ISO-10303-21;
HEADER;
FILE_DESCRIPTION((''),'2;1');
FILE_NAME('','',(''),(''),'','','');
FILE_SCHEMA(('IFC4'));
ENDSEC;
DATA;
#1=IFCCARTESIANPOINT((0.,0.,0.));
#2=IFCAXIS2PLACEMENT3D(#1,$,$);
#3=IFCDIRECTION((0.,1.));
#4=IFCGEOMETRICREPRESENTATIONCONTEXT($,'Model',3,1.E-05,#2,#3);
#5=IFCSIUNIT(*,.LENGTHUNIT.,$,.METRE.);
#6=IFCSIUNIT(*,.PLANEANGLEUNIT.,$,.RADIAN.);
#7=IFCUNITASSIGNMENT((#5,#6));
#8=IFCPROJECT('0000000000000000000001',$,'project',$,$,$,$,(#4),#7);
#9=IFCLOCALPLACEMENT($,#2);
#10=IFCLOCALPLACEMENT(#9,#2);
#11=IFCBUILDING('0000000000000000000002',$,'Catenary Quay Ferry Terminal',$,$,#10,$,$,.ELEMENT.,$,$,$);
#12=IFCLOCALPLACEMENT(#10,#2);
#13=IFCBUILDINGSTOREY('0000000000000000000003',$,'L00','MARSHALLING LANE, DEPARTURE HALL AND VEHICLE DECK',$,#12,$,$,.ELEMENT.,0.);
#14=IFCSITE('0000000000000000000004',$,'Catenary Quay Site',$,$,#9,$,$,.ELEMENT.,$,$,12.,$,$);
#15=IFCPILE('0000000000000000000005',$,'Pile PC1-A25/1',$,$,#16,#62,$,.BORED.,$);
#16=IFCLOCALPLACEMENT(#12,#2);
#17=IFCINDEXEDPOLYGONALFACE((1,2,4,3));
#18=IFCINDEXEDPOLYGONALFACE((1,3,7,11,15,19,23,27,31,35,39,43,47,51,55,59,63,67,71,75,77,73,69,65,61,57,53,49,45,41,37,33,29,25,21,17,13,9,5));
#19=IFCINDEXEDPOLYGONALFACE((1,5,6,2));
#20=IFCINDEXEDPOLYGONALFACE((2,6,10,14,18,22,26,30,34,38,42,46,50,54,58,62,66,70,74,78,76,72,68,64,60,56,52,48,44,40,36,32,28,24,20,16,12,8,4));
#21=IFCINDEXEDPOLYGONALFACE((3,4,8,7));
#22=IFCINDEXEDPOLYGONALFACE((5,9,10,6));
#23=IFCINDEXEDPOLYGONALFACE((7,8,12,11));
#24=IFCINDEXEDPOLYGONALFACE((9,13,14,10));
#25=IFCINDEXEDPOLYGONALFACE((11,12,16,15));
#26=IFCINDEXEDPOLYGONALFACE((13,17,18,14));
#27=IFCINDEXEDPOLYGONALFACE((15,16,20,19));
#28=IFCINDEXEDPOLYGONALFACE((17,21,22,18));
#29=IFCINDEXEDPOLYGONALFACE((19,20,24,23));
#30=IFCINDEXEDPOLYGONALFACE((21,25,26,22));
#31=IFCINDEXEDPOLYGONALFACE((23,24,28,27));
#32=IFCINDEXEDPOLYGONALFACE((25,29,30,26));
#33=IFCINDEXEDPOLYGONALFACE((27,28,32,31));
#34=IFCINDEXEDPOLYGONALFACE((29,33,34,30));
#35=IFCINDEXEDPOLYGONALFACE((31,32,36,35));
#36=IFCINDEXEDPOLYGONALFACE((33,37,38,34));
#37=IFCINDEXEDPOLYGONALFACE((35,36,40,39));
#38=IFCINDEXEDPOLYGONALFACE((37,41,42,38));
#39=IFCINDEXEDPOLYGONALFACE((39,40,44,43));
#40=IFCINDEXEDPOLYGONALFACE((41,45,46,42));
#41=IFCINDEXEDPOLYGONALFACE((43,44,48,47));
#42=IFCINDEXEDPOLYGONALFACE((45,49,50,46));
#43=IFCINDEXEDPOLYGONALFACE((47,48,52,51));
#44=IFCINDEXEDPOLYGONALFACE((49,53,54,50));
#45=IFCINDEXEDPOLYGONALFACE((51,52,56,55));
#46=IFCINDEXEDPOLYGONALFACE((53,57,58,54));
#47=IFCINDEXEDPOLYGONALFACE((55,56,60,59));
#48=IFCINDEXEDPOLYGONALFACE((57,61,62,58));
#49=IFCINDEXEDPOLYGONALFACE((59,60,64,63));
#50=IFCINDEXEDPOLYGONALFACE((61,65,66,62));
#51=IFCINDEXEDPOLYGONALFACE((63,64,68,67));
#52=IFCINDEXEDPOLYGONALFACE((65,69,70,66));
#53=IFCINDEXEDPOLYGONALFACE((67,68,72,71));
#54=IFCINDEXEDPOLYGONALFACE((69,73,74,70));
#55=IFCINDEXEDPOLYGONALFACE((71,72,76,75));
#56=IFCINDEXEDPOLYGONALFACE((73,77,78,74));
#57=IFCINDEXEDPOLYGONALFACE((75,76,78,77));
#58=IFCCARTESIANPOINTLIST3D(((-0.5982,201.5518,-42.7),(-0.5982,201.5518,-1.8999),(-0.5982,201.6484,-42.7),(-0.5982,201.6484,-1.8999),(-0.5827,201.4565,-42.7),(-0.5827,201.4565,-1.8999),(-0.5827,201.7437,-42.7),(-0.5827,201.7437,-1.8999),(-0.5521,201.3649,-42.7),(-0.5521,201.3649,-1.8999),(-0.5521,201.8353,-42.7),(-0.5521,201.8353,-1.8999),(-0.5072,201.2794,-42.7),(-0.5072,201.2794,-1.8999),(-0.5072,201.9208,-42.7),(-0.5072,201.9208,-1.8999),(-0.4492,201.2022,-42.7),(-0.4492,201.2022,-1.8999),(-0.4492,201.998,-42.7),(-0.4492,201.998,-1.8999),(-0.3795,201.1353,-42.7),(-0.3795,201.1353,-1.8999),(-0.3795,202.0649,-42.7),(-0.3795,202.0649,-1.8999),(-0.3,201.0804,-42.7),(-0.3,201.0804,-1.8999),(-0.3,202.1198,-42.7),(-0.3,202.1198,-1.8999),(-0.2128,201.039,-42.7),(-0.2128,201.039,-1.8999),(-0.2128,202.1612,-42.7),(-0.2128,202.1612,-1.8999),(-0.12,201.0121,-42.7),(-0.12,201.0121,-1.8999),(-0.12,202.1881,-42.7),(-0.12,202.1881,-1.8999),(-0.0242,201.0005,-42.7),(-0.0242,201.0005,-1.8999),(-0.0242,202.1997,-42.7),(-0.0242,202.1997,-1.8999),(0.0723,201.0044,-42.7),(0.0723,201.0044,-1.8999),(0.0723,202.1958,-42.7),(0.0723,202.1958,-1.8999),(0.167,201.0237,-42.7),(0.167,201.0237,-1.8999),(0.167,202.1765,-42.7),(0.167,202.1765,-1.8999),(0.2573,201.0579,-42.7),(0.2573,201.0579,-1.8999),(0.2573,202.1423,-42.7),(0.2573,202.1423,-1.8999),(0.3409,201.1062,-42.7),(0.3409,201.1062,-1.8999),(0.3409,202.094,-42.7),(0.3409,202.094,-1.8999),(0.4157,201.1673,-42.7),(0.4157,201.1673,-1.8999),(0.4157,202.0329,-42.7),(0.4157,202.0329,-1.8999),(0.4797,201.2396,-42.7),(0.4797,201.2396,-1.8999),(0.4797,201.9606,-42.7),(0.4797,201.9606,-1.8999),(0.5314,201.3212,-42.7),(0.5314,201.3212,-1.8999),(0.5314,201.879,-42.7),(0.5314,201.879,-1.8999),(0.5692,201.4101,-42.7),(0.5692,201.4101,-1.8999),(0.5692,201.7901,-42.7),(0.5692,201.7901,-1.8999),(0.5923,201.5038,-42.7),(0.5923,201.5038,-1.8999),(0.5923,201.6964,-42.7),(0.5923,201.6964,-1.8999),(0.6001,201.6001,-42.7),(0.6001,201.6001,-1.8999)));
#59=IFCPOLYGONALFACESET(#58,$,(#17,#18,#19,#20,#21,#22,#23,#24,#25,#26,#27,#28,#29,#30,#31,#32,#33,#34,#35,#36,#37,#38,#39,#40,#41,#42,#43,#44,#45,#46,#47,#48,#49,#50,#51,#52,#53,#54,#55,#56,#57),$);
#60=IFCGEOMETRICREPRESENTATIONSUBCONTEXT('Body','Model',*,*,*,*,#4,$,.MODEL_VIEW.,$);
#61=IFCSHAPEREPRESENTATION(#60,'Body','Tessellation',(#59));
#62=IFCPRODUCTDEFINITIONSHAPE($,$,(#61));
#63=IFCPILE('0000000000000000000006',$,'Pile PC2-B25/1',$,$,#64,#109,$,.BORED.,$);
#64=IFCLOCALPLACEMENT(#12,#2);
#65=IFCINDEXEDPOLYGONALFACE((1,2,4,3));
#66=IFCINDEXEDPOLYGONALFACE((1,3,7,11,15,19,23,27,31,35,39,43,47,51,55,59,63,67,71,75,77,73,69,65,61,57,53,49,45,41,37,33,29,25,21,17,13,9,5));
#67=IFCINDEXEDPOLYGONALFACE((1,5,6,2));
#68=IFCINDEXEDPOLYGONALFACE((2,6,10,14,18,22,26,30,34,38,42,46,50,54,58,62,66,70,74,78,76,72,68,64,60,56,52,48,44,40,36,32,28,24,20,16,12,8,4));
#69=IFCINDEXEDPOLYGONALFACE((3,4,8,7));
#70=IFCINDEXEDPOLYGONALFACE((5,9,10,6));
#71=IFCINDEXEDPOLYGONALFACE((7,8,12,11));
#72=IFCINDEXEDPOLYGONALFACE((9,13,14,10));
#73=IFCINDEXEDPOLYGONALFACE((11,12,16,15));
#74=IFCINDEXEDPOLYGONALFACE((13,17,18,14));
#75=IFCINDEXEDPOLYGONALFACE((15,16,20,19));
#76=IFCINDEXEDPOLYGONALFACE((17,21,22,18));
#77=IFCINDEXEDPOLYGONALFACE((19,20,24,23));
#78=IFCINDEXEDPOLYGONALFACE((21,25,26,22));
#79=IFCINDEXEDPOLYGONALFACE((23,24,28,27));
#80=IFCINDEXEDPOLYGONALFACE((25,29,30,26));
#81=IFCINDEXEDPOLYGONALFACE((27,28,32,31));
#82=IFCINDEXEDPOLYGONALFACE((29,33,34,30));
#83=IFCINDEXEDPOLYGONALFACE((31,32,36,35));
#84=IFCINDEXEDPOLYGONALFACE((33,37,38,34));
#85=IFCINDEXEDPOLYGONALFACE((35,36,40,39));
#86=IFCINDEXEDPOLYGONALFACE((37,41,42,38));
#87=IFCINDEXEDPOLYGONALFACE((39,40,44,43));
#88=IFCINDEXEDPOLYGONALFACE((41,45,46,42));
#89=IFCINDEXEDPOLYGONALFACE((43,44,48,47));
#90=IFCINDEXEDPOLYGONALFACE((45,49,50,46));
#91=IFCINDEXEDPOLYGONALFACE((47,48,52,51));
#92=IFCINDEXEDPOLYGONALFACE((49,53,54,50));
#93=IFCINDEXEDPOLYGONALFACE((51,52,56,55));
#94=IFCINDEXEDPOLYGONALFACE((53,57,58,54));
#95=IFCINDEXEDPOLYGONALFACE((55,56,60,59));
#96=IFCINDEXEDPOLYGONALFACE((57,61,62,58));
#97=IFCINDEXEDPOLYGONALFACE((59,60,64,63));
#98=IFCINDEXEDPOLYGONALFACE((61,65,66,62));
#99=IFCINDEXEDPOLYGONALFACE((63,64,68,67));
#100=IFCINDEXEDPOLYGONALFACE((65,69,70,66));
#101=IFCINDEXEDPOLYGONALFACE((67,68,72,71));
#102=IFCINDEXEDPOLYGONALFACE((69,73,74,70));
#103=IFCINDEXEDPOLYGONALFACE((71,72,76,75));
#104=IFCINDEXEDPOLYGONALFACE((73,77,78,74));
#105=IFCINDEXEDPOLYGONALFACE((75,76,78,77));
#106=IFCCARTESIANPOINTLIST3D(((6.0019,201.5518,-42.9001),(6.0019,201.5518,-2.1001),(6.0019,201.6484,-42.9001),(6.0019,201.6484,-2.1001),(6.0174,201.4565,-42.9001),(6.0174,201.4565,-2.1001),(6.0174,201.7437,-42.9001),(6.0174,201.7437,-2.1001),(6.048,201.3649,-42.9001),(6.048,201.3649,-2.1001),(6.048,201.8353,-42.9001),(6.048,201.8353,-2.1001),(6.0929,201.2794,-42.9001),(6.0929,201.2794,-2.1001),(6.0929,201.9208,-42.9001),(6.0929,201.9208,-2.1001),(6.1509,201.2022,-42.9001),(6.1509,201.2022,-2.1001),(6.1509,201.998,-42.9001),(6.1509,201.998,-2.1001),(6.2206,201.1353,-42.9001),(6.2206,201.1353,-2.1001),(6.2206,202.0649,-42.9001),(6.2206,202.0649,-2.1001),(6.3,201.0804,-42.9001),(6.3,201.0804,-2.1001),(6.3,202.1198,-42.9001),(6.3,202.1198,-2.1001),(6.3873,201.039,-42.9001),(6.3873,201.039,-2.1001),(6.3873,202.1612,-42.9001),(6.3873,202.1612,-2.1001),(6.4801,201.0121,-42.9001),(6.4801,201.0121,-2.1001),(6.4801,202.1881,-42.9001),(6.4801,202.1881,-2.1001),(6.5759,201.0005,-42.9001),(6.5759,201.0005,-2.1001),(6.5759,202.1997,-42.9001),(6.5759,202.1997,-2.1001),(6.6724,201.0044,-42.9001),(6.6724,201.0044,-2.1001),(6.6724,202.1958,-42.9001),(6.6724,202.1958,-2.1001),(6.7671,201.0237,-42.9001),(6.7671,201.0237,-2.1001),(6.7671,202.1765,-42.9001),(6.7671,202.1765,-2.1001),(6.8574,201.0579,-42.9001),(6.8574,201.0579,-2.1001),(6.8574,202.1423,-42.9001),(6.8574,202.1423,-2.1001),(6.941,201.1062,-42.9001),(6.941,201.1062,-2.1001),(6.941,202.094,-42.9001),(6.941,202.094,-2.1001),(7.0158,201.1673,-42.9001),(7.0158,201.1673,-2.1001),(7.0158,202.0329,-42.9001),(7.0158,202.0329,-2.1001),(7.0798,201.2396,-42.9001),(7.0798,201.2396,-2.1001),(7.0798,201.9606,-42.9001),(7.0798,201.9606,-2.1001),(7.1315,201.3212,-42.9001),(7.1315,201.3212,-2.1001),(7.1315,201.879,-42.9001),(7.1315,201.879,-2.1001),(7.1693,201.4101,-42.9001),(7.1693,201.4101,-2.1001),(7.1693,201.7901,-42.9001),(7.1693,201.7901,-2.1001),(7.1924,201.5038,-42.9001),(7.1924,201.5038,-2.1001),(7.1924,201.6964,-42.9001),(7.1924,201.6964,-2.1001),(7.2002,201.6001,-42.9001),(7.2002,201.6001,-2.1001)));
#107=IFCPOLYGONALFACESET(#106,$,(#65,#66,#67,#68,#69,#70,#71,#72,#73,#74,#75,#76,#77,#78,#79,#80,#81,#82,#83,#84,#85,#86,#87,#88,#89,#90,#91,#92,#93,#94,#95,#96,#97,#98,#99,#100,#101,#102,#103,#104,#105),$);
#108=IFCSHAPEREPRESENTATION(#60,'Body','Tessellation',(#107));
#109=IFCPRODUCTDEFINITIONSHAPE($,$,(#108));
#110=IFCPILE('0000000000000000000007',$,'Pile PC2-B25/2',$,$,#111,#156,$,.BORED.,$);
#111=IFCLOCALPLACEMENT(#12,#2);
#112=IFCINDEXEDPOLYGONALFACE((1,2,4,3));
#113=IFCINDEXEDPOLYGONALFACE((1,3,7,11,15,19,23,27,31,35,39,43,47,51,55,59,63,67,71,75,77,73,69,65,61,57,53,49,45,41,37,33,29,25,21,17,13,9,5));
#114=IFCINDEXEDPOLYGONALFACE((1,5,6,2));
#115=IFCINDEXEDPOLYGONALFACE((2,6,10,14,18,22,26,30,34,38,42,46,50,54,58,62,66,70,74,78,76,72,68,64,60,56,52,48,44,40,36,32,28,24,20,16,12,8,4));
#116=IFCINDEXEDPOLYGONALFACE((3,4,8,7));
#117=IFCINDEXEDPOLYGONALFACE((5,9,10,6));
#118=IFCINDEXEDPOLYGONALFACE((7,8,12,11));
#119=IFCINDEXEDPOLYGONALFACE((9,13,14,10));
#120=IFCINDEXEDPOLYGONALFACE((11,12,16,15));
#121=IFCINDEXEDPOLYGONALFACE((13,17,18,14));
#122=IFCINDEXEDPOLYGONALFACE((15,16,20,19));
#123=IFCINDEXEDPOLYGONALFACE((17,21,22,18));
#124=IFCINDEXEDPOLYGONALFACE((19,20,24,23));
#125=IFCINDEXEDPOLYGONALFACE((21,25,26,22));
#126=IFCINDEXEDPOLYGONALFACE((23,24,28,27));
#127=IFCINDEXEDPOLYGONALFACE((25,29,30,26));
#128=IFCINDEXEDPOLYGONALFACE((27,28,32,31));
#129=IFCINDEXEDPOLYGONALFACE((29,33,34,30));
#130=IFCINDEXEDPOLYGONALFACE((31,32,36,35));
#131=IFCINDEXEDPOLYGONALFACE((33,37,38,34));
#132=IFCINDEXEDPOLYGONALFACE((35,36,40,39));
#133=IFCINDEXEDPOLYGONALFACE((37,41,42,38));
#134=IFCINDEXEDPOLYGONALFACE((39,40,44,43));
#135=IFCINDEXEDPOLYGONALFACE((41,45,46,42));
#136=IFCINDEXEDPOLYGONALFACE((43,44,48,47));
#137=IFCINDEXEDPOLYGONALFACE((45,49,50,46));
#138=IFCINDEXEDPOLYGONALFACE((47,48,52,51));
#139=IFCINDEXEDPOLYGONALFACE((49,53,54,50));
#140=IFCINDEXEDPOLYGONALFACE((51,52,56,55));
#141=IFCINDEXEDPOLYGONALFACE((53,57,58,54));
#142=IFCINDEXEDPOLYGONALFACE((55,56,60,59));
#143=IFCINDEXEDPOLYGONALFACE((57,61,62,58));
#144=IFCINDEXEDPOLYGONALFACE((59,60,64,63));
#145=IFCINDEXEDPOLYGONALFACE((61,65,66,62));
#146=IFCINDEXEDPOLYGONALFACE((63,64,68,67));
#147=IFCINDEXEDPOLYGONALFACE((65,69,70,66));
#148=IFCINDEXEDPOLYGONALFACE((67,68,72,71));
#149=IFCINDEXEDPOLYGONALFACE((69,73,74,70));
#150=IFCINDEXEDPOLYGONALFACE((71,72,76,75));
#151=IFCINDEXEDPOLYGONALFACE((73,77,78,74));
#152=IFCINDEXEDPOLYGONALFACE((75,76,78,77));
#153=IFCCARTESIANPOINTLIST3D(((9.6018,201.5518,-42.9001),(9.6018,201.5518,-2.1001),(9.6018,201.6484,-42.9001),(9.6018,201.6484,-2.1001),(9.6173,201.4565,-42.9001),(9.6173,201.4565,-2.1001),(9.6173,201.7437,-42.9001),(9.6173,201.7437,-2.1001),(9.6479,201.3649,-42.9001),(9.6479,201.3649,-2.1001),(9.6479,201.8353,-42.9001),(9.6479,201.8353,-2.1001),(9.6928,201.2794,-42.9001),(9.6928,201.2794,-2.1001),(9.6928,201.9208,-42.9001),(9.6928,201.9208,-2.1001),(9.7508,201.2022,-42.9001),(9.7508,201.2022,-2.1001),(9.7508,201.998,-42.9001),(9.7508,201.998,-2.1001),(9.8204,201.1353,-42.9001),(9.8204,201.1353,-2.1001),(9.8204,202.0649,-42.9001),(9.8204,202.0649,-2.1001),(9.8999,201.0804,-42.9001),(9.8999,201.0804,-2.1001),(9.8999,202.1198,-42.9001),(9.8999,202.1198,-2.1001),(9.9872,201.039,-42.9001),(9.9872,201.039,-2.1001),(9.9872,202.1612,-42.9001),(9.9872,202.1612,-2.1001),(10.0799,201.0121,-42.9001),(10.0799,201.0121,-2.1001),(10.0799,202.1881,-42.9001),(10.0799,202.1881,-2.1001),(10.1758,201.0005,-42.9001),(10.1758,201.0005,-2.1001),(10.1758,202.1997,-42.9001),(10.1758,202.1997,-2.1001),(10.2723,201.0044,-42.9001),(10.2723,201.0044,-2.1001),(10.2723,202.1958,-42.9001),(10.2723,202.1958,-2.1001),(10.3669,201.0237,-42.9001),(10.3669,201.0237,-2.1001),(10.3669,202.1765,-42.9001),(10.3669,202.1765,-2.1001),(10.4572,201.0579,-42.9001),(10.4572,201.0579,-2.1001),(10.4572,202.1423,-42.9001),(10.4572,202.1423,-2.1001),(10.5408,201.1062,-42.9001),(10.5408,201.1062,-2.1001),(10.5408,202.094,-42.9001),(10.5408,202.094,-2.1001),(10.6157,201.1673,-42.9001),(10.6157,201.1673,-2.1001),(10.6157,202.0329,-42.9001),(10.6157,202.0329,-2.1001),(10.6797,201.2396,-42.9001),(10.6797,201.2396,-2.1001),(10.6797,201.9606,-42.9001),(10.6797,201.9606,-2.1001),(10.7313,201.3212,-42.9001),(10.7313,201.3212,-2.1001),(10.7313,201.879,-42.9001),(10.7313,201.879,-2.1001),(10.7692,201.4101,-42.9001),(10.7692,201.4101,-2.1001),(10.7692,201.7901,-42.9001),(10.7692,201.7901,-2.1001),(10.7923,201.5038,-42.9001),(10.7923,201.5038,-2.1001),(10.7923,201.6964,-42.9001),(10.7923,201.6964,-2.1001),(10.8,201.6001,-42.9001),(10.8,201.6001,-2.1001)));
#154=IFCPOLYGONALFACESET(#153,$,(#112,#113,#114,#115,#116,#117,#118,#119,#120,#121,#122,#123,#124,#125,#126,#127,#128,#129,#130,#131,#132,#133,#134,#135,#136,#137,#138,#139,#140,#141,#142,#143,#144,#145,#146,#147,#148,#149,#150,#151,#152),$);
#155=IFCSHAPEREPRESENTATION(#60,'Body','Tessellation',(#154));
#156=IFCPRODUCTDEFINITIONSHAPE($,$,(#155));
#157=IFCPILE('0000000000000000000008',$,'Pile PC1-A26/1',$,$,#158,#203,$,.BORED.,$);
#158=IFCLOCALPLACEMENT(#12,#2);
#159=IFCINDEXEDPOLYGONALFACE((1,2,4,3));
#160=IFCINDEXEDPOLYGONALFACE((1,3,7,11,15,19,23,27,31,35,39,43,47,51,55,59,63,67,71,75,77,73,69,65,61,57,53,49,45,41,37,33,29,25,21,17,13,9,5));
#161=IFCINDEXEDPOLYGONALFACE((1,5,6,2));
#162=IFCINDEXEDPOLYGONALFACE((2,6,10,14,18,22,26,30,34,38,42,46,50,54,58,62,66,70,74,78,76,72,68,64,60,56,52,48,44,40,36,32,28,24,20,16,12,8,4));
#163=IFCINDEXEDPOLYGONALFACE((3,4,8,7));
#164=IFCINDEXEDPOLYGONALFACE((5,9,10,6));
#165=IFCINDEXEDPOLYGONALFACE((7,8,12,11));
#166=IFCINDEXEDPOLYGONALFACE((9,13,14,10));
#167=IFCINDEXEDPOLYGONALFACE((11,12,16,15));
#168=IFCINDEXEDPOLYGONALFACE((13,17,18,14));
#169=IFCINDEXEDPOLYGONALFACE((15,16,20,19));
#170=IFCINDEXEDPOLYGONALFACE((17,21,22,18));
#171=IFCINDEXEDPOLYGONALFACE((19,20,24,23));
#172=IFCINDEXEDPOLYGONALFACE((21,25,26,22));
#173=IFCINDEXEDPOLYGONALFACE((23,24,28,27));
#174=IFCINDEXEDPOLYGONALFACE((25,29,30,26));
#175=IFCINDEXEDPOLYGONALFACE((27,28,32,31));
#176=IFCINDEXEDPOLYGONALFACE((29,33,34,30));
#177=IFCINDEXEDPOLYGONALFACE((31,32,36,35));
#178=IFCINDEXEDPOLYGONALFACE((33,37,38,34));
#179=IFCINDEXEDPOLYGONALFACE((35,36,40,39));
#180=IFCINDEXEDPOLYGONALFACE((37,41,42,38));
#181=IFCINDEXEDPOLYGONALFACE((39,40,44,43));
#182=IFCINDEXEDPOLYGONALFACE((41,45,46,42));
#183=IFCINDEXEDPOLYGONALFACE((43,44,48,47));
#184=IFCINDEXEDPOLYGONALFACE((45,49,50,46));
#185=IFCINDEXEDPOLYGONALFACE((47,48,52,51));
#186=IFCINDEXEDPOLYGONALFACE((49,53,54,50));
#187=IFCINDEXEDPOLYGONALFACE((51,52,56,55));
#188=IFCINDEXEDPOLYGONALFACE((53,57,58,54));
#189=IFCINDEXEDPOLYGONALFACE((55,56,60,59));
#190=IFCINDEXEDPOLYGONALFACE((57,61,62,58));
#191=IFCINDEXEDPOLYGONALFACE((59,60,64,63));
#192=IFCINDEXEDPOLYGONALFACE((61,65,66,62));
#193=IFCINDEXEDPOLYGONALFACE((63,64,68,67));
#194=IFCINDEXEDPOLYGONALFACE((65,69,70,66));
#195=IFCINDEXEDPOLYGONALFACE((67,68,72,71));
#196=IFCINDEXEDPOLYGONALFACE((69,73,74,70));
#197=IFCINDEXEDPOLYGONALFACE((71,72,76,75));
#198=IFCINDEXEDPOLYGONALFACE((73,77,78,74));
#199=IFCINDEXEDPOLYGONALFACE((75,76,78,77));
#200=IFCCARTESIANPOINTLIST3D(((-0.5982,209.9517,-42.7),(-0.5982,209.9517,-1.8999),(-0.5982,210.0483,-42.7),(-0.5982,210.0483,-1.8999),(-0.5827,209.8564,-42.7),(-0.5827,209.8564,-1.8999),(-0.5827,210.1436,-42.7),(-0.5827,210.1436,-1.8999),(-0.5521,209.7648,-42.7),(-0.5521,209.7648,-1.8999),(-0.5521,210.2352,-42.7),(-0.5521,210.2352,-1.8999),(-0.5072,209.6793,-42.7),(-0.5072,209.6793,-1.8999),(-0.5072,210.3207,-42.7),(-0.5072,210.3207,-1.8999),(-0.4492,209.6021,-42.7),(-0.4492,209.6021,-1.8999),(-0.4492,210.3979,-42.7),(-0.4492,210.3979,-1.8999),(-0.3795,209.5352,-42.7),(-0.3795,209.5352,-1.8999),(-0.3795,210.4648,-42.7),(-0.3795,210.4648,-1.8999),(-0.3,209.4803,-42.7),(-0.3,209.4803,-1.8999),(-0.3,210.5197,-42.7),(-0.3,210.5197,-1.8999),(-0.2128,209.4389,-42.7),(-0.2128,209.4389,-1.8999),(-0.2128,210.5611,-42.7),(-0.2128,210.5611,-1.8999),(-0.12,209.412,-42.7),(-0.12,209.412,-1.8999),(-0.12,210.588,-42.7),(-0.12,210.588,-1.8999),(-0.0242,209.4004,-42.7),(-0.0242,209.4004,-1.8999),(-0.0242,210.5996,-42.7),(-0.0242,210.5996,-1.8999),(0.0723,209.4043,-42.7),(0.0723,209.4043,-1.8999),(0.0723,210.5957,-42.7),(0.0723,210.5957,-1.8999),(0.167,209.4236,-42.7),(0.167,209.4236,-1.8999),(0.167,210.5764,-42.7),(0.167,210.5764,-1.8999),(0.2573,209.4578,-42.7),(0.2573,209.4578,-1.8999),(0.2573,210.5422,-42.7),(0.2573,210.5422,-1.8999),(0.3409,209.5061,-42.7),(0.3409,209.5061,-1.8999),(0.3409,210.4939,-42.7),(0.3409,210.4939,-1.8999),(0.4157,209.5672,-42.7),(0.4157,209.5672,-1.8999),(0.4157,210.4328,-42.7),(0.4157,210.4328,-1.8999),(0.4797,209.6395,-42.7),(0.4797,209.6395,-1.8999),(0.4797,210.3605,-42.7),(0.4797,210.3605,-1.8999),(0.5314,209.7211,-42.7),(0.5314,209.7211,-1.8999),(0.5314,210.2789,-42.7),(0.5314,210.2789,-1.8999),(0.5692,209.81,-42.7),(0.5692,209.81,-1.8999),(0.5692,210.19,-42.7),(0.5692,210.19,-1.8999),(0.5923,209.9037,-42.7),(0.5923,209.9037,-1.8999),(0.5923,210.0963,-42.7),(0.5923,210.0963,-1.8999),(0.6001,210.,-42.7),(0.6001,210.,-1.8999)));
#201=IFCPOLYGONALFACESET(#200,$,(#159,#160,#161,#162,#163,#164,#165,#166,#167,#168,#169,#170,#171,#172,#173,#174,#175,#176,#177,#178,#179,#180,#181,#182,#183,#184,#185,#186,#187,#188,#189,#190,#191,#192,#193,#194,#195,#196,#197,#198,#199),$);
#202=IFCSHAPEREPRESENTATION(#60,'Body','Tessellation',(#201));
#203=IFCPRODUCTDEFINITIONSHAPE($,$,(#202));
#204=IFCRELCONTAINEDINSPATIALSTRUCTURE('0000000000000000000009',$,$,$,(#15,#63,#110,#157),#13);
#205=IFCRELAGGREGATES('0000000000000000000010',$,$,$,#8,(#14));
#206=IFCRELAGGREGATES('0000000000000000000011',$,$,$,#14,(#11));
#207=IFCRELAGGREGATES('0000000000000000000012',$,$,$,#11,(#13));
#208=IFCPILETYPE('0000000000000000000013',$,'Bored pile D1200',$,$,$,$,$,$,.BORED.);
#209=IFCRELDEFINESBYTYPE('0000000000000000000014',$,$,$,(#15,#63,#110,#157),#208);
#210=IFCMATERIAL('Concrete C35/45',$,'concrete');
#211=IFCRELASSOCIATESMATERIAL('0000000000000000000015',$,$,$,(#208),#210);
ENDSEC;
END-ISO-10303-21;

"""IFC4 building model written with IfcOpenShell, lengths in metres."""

from ifc_helpers import new_model, si_unit, direction, frame, origin, origin_2d, place, context, subcontext, project, spatial, circle, extrude, material, material_profile, profile_set, type_object, element, save


model = new_model("IFC4")

# Units and contexts
model_context = context("Model", 3, precision=1e-05, world=origin(), true_north=direction((0.0, 1.0)))
body_context = subcontext(model_context, "Body", "Model", "MODEL_VIEW")
ifc_project = project(units=[si_unit("LENGTHUNIT", "METRE"), si_unit("PLANEANGLEUNIT", "RADIAN")], contexts=[model_context])

# Site, building, storey
site_placement = place(None, origin())
site = spatial("IfcSite", under=ifc_project, at=site_placement, Name="Catenary Quay Site", CompositionType="ELEMENT", RefElevation=12.0)
building_placement = place(site_placement, origin())
building = spatial("IfcBuilding", under=site, at=building_placement, Name="Catenary Quay Ferry Terminal", CompositionType="ELEMENT")
storey_placement = place(building_placement, origin())
storey = spatial("IfcBuildingStorey", under=building, at=storey_placement, Name="L00", Description="MARSHALLING LANE, DEPARTURE HALL AND VEHICLE DECK", CompositionType="ELEMENT", Elevation=0.0)

# Piles
ifc_material_1 = material(Name="Concrete C35/45", Category="concrete")
ifc_material_profile_1 = material_profile(ifc_material_1, circle(Radius=0.6001, at=origin_2d()), Name="D1200")
ifc_profile_set_1 = profile_set([ifc_material_profile_1], Name="Concrete C35/45")
pile_type = type_object("IfcPileType", Name="Bored pile D1200", PredefinedType="BORED", material=ifc_profile_set_1)
for number, where, z_axis, x_axis, name in (
    (1, (0.0, 201.6001, -1.8999), (0.0, 0.0, -1.0), (1.0, 0.0, 0.0), "Pile PC1-A25/1"),
    (2, (6.6001, 201.6001, -2.1001), (0.0, 0.0, -1.0), (1.0, 0.0, 0.0), "Pile PC2-B25/1"),
    (3, (10.2, 201.6001, -2.1001), (0.0, 0.0, -1.0), (1.0, 0.0, 0.0), "Pile PC2-B25/2"),
    (4, (0.0, 210.0, -1.8999), (0.0, 0.0, -1.0), (1.0, 0.0, 0.0), "Pile PC1-A26/1"),
):
    element("IfcPile", number, at=place(storey_placement, frame(where, z_axis=z_axis, x_axis=x_axis)), inside=storey, type_object=pile_type, Name=name, PredefinedType="BORED", context=body_context, shape_type="SweptSolid", body=[
        extrude(circle(Radius=0.6001, at=origin_2d()), origin(), (0.0, 0.0, 1.0), 40.8),
    ])

save(model, "model.ifc")
